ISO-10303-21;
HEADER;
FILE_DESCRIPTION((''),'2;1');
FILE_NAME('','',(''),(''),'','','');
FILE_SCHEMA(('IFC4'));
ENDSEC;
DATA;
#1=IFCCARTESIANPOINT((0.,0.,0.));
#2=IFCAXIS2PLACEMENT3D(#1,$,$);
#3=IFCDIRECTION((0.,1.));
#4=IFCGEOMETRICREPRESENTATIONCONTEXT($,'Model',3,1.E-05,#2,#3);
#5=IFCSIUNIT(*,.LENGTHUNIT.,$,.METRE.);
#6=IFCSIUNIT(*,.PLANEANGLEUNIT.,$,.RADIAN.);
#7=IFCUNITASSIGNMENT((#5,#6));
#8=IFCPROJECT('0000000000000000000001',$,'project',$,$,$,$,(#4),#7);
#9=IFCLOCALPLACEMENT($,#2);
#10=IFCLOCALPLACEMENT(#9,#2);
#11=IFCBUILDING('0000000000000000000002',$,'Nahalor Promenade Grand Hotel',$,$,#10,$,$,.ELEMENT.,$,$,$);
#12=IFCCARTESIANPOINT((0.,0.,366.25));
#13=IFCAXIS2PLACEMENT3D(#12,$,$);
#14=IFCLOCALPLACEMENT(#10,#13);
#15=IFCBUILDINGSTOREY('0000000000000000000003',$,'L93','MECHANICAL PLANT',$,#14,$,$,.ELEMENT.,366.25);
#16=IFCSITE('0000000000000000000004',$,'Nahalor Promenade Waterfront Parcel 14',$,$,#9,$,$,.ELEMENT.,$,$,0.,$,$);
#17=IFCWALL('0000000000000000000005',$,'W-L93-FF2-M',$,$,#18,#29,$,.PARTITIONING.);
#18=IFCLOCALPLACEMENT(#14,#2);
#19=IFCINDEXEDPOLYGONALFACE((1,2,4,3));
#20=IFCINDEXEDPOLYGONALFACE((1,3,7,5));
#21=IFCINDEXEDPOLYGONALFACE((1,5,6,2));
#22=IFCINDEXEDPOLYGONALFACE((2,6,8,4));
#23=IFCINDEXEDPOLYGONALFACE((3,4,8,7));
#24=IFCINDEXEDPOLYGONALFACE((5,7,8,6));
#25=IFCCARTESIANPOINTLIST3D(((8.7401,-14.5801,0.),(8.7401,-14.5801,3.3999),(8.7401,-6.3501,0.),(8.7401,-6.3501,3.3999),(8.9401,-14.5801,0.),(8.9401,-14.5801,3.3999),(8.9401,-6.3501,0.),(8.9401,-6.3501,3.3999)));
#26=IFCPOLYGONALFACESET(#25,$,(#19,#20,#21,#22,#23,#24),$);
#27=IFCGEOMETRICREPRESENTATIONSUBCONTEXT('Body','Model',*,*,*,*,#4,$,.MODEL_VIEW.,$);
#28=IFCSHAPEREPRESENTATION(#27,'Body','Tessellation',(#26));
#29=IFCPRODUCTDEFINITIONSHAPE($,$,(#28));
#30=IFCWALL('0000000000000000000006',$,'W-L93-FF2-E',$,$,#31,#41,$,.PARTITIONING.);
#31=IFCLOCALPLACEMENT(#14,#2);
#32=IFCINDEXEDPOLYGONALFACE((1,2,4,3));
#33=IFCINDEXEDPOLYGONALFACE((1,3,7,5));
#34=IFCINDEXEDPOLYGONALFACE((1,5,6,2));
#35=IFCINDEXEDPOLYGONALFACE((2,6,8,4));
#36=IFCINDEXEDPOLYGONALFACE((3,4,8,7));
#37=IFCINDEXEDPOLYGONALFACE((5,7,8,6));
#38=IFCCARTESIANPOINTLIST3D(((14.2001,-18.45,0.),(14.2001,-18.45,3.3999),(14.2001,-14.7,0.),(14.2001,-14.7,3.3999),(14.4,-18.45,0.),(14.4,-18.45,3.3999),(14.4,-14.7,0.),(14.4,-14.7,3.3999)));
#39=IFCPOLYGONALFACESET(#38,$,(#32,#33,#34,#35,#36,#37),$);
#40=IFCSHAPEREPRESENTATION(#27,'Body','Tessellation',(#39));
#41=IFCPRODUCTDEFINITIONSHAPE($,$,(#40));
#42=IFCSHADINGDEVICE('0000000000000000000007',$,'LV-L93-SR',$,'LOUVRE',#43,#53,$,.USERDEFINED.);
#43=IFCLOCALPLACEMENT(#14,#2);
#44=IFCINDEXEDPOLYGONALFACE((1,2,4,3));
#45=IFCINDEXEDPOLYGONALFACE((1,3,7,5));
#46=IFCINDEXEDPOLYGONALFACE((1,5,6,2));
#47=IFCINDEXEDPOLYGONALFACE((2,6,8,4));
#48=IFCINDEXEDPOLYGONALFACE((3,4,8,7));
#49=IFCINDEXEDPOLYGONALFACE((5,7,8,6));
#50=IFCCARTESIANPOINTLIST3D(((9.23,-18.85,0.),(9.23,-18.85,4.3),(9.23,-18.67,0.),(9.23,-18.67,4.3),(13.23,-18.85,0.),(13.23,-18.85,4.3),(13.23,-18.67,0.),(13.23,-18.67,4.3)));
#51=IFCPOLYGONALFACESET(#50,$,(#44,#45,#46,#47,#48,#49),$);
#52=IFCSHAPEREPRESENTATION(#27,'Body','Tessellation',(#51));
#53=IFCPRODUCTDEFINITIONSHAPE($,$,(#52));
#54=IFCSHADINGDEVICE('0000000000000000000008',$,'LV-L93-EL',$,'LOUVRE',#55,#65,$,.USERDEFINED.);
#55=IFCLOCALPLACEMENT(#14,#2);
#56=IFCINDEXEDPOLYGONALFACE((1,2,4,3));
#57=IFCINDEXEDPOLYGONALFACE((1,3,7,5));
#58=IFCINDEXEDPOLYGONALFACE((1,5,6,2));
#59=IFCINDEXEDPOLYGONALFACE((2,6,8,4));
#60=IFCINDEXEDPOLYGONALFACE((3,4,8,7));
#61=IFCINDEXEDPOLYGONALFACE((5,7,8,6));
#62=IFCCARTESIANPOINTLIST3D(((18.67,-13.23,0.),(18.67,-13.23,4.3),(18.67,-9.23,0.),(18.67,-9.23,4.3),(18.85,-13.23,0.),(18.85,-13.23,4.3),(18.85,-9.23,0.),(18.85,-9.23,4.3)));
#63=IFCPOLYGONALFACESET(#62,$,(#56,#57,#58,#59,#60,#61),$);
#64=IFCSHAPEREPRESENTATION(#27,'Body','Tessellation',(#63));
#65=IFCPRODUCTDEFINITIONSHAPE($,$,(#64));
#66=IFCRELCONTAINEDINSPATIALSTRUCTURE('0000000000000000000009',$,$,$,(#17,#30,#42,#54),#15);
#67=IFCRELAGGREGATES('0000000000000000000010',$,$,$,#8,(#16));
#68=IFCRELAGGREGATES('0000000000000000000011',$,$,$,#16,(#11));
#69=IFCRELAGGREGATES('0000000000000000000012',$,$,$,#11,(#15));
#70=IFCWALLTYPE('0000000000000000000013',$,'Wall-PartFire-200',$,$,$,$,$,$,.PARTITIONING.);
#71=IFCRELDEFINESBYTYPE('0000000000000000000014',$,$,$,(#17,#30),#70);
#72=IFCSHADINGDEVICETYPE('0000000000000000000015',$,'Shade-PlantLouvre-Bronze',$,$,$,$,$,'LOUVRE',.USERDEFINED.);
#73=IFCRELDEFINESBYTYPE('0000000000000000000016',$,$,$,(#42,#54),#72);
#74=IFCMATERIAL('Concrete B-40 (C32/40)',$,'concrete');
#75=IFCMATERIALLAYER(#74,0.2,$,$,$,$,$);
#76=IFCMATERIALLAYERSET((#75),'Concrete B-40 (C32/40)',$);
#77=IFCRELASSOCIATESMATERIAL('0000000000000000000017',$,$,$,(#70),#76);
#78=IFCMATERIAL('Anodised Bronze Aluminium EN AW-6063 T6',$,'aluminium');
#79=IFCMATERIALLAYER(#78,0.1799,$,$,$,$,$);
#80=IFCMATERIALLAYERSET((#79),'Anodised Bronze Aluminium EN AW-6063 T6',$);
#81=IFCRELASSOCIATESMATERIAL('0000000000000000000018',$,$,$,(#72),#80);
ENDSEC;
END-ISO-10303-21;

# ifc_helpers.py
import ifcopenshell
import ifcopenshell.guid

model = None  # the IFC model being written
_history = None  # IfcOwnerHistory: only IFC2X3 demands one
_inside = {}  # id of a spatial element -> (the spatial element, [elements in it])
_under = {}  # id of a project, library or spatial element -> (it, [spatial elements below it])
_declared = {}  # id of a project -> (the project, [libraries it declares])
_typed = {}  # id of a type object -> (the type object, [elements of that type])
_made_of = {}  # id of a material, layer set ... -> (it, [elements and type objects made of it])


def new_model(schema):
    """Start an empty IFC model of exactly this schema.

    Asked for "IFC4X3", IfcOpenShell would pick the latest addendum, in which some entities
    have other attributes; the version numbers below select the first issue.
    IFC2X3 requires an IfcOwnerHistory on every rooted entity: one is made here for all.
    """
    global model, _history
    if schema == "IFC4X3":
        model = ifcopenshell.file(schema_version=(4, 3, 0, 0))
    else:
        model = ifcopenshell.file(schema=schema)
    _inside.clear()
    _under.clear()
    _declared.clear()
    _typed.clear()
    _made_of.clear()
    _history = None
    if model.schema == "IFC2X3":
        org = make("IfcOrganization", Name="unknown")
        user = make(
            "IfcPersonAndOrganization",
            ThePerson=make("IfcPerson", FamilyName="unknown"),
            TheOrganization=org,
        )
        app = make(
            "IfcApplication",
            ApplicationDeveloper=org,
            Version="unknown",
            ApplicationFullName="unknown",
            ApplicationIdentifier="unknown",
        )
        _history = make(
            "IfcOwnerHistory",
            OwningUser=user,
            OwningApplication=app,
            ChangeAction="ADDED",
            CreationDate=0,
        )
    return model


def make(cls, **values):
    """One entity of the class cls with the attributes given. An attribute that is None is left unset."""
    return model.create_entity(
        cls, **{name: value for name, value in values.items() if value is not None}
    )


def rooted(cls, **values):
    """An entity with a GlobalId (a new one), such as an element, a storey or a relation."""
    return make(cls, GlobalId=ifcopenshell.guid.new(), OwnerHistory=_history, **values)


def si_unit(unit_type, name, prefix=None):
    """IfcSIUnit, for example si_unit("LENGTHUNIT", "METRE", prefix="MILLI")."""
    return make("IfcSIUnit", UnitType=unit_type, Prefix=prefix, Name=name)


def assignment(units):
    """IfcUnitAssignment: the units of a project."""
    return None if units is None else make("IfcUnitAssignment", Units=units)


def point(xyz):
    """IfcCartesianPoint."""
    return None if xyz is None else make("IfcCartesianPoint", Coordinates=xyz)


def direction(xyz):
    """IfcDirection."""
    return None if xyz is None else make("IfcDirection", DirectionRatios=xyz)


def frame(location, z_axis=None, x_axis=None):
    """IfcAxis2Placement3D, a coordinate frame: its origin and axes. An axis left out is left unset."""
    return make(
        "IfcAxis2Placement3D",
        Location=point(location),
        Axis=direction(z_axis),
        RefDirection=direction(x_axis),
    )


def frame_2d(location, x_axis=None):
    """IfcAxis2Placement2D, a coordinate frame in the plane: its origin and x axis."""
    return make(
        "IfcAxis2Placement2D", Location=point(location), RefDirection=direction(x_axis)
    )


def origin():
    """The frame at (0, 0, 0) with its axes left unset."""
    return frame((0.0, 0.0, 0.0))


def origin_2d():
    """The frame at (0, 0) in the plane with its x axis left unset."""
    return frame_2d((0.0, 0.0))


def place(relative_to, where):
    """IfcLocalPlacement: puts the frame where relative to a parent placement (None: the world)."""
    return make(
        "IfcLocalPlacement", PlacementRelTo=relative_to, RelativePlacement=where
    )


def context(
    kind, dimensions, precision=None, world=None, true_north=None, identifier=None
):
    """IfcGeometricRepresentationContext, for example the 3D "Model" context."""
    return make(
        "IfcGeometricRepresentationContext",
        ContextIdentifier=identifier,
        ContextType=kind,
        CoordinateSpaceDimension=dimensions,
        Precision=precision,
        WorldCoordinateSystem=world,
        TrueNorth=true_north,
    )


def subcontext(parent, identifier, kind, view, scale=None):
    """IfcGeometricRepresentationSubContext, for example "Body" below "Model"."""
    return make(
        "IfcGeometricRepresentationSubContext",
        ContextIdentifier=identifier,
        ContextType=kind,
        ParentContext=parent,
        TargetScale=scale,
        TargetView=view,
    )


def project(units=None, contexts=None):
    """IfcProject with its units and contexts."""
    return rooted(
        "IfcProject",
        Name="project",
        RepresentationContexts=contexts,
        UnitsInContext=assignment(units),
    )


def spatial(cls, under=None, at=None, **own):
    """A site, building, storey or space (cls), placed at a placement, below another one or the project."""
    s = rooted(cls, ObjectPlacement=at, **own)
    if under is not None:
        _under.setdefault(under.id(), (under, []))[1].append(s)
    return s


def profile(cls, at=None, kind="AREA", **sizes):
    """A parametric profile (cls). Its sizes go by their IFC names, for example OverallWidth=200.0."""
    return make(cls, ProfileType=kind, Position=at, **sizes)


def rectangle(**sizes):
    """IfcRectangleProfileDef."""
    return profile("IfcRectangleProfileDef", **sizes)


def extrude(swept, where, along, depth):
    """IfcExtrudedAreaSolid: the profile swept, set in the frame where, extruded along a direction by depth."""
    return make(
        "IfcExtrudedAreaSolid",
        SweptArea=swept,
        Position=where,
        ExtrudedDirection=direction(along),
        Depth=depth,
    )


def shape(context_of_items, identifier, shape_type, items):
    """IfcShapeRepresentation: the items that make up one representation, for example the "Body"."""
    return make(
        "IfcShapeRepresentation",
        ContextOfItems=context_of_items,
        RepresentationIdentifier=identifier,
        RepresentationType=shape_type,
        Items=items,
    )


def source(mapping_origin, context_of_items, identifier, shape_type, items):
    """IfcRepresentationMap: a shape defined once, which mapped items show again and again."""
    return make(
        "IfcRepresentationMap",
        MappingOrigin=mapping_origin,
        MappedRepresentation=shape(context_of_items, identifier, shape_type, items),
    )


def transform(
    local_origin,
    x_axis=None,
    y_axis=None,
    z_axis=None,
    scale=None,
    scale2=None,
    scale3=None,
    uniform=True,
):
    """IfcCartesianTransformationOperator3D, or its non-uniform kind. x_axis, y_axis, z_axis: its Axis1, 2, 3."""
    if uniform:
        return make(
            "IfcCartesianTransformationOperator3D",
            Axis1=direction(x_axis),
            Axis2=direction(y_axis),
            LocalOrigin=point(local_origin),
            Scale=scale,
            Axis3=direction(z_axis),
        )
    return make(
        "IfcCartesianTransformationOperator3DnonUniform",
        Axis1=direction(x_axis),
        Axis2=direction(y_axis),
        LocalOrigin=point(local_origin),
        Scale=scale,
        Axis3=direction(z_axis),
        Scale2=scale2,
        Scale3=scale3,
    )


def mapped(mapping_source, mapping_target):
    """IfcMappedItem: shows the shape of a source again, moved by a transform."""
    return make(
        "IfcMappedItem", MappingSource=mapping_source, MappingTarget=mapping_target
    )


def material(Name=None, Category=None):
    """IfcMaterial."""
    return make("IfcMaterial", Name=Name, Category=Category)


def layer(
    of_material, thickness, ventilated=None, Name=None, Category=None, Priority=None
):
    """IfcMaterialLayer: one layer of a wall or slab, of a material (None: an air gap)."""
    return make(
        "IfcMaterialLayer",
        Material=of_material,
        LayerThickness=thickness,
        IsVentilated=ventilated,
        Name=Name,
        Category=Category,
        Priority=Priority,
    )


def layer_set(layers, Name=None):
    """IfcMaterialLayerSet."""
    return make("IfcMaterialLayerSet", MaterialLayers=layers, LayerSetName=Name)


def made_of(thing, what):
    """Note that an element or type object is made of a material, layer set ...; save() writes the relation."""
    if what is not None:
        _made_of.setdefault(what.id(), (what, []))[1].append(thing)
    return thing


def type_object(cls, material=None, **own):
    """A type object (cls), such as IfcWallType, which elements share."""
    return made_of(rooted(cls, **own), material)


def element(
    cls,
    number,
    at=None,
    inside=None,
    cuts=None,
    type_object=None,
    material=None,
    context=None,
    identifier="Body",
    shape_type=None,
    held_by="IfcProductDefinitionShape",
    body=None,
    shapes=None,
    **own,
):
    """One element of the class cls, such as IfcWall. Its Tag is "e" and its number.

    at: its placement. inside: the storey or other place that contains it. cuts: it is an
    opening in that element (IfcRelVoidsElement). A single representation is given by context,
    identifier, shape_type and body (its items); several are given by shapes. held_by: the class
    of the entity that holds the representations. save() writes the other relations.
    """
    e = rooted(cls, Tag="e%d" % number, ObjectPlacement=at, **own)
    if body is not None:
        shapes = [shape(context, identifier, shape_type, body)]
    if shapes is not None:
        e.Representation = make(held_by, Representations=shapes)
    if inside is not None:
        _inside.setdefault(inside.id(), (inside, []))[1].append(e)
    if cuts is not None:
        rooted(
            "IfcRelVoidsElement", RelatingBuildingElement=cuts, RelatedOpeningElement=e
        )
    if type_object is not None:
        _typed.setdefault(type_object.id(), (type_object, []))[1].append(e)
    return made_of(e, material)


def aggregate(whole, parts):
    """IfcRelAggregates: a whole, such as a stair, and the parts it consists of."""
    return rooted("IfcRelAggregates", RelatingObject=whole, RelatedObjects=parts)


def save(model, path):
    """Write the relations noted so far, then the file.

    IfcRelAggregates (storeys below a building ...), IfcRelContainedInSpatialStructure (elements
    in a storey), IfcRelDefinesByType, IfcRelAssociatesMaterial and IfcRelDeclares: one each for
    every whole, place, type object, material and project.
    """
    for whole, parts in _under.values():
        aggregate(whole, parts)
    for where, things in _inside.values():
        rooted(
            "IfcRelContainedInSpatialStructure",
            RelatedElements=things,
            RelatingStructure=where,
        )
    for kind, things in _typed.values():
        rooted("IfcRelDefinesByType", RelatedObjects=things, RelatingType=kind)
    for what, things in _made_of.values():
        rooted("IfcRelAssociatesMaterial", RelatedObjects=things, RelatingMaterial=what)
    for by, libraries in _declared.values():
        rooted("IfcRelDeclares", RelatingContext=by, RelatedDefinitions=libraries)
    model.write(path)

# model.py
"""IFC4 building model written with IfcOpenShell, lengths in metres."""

from ifc_helpers import new_model, si_unit, direction, frame, frame_2d, origin, origin_2d, place, context, subcontext, project, spatial, rectangle, extrude, source, transform, mapped, material, layer, layer_set, type_object, element, save


model = new_model("IFC4")

# Units and contexts
model_context = context("Model", 3, precision=1e-05, world=origin(), true_north=direction((0.0, 1.0)))
body_context = subcontext(model_context, "Body", "Model", "MODEL_VIEW")
ifc_project = project(units=[si_unit("LENGTHUNIT", "METRE"), si_unit("PLANEANGLEUNIT", "RADIAN")], contexts=[model_context])

# Site, building, storey
site_placement = place(None, origin())
site = spatial("IfcSite", under=ifc_project, at=site_placement, Name="Nahalor Promenade Waterfront Parcel 14", CompositionType="ELEMENT", RefElevation=0.0)
building_placement = place(site_placement, origin())
building = spatial("IfcBuilding", under=site, at=building_placement, Name="Nahalor Promenade Grand Hotel", CompositionType="ELEMENT")
storey_placement = place(building_placement, frame((0.0, 0.0, 366.25)))
storey = spatial("IfcBuildingStorey", under=building, at=storey_placement, Name="L93", Description="MECHANICAL PLANT", CompositionType="ELEMENT", Elevation=366.25)

# Shared definitions
ifc_material_1 = material(Name="Anodised Bronze Aluminium EN AW-6063 T6", Category="aluminium")

# Walls
ifc_material_2 = material(Name="Concrete B-40 (C32/40)", Category="concrete")
ifc_layer_1 = layer(ifc_material_2, 0.2)
ifc_layer_set_1 = layer_set([ifc_layer_1], Name="Concrete B-40 (C32/40)")
wall_type_1 = type_object("IfcWallType", Name="Wall-PartFire-200", PredefinedType="PARTITIONING", material=ifc_layer_set_1)
shared_shape_1 = source(origin(), body_context, "Body", "SweptSolid", [
    extrude(rectangle(XDim=8.23, YDim=0.2, at=frame_2d((4.115, 0.0))), origin(), (0.0, 0.0, 1.0), 3.3999),
])
wall_1_placement = place(storey_placement, frame((8.8401, -14.5801, 0.0), z_axis=(0.0, 0.0, 1.0), x_axis=(0.0, 1.0, 0.0)))
element("IfcWall", 1, at=wall_1_placement, inside=storey, type_object=wall_type_1, Name="W-L93-FF2-M", PredefinedType="PARTITIONING", context=body_context, shape_type="MappedRepresentation", body=[
    mapped(shared_shape_1, transform((0.0, 0.0, 0.0), scale=1.0)),
])
shared_shape_2 = source(origin(), body_context, "Body", "SweptSolid", [
    extrude(rectangle(XDim=3.75, YDim=0.2, at=frame_2d((1.875, 0.0))), origin(), (0.0, 0.0, 1.0), 3.3999),
])
wall_2_placement = place(storey_placement, frame((14.3, -18.45, 0.0), z_axis=(0.0, 0.0, 1.0), x_axis=(0.0, 1.0, 0.0)))
element("IfcWall", 2, at=wall_2_placement, inside=storey, type_object=wall_type_1, Name="W-L93-FF2-E", PredefinedType="PARTITIONING", context=body_context, shape_type="MappedRepresentation", body=[
    mapped(shared_shape_2, transform((0.0, 0.0, 0.0), scale=1.0)),
])

# Shading devices
ifc_layer_2 = layer(ifc_material_1, 0.1799)
ifc_layer_set_2 = layer_set([ifc_layer_2], Name="Anodised Bronze Aluminium EN AW-6063 T6")
shading_device_type = type_object("IfcShadingDeviceType", Name="Shade-PlantLouvre-Bronze", ElementType="LOUVRE", PredefinedType="USERDEFINED", material=ifc_layer_set_2)
shared_shape_3 = source(origin(), body_context, "Body", "SweptSolid", [
    extrude(rectangle(XDim=4.0, YDim=0.1799, at=origin_2d()), origin(), (0.0, 0.0, 1.0), 4.3),
])
for number, where, z_axis, x_axis, name in (
    (3, (11.23, -18.76, 0.0), (0.0, 0.0, 1.0), (1.0, 0.0, 0.0), "LV-L93-SR"),
    (4, (18.76, -11.23, 0.0), (0.0, 0.0, 1.0), (0.0, 1.0, 0.0), "LV-L93-EL"),
):
    element("IfcShadingDevice", number, at=place(storey_placement, frame(where, z_axis=z_axis, x_axis=x_axis)), inside=storey, type_object=shading_device_type, Name=name, ObjectType="LOUVRE", PredefinedType="USERDEFINED", context=body_context, shape_type="MappedRepresentation", body=[
        mapped(shared_shape_3, transform((0.0, 0.0, 0.0), scale=1.0)),
    ])

save(model, "model.ifc")
